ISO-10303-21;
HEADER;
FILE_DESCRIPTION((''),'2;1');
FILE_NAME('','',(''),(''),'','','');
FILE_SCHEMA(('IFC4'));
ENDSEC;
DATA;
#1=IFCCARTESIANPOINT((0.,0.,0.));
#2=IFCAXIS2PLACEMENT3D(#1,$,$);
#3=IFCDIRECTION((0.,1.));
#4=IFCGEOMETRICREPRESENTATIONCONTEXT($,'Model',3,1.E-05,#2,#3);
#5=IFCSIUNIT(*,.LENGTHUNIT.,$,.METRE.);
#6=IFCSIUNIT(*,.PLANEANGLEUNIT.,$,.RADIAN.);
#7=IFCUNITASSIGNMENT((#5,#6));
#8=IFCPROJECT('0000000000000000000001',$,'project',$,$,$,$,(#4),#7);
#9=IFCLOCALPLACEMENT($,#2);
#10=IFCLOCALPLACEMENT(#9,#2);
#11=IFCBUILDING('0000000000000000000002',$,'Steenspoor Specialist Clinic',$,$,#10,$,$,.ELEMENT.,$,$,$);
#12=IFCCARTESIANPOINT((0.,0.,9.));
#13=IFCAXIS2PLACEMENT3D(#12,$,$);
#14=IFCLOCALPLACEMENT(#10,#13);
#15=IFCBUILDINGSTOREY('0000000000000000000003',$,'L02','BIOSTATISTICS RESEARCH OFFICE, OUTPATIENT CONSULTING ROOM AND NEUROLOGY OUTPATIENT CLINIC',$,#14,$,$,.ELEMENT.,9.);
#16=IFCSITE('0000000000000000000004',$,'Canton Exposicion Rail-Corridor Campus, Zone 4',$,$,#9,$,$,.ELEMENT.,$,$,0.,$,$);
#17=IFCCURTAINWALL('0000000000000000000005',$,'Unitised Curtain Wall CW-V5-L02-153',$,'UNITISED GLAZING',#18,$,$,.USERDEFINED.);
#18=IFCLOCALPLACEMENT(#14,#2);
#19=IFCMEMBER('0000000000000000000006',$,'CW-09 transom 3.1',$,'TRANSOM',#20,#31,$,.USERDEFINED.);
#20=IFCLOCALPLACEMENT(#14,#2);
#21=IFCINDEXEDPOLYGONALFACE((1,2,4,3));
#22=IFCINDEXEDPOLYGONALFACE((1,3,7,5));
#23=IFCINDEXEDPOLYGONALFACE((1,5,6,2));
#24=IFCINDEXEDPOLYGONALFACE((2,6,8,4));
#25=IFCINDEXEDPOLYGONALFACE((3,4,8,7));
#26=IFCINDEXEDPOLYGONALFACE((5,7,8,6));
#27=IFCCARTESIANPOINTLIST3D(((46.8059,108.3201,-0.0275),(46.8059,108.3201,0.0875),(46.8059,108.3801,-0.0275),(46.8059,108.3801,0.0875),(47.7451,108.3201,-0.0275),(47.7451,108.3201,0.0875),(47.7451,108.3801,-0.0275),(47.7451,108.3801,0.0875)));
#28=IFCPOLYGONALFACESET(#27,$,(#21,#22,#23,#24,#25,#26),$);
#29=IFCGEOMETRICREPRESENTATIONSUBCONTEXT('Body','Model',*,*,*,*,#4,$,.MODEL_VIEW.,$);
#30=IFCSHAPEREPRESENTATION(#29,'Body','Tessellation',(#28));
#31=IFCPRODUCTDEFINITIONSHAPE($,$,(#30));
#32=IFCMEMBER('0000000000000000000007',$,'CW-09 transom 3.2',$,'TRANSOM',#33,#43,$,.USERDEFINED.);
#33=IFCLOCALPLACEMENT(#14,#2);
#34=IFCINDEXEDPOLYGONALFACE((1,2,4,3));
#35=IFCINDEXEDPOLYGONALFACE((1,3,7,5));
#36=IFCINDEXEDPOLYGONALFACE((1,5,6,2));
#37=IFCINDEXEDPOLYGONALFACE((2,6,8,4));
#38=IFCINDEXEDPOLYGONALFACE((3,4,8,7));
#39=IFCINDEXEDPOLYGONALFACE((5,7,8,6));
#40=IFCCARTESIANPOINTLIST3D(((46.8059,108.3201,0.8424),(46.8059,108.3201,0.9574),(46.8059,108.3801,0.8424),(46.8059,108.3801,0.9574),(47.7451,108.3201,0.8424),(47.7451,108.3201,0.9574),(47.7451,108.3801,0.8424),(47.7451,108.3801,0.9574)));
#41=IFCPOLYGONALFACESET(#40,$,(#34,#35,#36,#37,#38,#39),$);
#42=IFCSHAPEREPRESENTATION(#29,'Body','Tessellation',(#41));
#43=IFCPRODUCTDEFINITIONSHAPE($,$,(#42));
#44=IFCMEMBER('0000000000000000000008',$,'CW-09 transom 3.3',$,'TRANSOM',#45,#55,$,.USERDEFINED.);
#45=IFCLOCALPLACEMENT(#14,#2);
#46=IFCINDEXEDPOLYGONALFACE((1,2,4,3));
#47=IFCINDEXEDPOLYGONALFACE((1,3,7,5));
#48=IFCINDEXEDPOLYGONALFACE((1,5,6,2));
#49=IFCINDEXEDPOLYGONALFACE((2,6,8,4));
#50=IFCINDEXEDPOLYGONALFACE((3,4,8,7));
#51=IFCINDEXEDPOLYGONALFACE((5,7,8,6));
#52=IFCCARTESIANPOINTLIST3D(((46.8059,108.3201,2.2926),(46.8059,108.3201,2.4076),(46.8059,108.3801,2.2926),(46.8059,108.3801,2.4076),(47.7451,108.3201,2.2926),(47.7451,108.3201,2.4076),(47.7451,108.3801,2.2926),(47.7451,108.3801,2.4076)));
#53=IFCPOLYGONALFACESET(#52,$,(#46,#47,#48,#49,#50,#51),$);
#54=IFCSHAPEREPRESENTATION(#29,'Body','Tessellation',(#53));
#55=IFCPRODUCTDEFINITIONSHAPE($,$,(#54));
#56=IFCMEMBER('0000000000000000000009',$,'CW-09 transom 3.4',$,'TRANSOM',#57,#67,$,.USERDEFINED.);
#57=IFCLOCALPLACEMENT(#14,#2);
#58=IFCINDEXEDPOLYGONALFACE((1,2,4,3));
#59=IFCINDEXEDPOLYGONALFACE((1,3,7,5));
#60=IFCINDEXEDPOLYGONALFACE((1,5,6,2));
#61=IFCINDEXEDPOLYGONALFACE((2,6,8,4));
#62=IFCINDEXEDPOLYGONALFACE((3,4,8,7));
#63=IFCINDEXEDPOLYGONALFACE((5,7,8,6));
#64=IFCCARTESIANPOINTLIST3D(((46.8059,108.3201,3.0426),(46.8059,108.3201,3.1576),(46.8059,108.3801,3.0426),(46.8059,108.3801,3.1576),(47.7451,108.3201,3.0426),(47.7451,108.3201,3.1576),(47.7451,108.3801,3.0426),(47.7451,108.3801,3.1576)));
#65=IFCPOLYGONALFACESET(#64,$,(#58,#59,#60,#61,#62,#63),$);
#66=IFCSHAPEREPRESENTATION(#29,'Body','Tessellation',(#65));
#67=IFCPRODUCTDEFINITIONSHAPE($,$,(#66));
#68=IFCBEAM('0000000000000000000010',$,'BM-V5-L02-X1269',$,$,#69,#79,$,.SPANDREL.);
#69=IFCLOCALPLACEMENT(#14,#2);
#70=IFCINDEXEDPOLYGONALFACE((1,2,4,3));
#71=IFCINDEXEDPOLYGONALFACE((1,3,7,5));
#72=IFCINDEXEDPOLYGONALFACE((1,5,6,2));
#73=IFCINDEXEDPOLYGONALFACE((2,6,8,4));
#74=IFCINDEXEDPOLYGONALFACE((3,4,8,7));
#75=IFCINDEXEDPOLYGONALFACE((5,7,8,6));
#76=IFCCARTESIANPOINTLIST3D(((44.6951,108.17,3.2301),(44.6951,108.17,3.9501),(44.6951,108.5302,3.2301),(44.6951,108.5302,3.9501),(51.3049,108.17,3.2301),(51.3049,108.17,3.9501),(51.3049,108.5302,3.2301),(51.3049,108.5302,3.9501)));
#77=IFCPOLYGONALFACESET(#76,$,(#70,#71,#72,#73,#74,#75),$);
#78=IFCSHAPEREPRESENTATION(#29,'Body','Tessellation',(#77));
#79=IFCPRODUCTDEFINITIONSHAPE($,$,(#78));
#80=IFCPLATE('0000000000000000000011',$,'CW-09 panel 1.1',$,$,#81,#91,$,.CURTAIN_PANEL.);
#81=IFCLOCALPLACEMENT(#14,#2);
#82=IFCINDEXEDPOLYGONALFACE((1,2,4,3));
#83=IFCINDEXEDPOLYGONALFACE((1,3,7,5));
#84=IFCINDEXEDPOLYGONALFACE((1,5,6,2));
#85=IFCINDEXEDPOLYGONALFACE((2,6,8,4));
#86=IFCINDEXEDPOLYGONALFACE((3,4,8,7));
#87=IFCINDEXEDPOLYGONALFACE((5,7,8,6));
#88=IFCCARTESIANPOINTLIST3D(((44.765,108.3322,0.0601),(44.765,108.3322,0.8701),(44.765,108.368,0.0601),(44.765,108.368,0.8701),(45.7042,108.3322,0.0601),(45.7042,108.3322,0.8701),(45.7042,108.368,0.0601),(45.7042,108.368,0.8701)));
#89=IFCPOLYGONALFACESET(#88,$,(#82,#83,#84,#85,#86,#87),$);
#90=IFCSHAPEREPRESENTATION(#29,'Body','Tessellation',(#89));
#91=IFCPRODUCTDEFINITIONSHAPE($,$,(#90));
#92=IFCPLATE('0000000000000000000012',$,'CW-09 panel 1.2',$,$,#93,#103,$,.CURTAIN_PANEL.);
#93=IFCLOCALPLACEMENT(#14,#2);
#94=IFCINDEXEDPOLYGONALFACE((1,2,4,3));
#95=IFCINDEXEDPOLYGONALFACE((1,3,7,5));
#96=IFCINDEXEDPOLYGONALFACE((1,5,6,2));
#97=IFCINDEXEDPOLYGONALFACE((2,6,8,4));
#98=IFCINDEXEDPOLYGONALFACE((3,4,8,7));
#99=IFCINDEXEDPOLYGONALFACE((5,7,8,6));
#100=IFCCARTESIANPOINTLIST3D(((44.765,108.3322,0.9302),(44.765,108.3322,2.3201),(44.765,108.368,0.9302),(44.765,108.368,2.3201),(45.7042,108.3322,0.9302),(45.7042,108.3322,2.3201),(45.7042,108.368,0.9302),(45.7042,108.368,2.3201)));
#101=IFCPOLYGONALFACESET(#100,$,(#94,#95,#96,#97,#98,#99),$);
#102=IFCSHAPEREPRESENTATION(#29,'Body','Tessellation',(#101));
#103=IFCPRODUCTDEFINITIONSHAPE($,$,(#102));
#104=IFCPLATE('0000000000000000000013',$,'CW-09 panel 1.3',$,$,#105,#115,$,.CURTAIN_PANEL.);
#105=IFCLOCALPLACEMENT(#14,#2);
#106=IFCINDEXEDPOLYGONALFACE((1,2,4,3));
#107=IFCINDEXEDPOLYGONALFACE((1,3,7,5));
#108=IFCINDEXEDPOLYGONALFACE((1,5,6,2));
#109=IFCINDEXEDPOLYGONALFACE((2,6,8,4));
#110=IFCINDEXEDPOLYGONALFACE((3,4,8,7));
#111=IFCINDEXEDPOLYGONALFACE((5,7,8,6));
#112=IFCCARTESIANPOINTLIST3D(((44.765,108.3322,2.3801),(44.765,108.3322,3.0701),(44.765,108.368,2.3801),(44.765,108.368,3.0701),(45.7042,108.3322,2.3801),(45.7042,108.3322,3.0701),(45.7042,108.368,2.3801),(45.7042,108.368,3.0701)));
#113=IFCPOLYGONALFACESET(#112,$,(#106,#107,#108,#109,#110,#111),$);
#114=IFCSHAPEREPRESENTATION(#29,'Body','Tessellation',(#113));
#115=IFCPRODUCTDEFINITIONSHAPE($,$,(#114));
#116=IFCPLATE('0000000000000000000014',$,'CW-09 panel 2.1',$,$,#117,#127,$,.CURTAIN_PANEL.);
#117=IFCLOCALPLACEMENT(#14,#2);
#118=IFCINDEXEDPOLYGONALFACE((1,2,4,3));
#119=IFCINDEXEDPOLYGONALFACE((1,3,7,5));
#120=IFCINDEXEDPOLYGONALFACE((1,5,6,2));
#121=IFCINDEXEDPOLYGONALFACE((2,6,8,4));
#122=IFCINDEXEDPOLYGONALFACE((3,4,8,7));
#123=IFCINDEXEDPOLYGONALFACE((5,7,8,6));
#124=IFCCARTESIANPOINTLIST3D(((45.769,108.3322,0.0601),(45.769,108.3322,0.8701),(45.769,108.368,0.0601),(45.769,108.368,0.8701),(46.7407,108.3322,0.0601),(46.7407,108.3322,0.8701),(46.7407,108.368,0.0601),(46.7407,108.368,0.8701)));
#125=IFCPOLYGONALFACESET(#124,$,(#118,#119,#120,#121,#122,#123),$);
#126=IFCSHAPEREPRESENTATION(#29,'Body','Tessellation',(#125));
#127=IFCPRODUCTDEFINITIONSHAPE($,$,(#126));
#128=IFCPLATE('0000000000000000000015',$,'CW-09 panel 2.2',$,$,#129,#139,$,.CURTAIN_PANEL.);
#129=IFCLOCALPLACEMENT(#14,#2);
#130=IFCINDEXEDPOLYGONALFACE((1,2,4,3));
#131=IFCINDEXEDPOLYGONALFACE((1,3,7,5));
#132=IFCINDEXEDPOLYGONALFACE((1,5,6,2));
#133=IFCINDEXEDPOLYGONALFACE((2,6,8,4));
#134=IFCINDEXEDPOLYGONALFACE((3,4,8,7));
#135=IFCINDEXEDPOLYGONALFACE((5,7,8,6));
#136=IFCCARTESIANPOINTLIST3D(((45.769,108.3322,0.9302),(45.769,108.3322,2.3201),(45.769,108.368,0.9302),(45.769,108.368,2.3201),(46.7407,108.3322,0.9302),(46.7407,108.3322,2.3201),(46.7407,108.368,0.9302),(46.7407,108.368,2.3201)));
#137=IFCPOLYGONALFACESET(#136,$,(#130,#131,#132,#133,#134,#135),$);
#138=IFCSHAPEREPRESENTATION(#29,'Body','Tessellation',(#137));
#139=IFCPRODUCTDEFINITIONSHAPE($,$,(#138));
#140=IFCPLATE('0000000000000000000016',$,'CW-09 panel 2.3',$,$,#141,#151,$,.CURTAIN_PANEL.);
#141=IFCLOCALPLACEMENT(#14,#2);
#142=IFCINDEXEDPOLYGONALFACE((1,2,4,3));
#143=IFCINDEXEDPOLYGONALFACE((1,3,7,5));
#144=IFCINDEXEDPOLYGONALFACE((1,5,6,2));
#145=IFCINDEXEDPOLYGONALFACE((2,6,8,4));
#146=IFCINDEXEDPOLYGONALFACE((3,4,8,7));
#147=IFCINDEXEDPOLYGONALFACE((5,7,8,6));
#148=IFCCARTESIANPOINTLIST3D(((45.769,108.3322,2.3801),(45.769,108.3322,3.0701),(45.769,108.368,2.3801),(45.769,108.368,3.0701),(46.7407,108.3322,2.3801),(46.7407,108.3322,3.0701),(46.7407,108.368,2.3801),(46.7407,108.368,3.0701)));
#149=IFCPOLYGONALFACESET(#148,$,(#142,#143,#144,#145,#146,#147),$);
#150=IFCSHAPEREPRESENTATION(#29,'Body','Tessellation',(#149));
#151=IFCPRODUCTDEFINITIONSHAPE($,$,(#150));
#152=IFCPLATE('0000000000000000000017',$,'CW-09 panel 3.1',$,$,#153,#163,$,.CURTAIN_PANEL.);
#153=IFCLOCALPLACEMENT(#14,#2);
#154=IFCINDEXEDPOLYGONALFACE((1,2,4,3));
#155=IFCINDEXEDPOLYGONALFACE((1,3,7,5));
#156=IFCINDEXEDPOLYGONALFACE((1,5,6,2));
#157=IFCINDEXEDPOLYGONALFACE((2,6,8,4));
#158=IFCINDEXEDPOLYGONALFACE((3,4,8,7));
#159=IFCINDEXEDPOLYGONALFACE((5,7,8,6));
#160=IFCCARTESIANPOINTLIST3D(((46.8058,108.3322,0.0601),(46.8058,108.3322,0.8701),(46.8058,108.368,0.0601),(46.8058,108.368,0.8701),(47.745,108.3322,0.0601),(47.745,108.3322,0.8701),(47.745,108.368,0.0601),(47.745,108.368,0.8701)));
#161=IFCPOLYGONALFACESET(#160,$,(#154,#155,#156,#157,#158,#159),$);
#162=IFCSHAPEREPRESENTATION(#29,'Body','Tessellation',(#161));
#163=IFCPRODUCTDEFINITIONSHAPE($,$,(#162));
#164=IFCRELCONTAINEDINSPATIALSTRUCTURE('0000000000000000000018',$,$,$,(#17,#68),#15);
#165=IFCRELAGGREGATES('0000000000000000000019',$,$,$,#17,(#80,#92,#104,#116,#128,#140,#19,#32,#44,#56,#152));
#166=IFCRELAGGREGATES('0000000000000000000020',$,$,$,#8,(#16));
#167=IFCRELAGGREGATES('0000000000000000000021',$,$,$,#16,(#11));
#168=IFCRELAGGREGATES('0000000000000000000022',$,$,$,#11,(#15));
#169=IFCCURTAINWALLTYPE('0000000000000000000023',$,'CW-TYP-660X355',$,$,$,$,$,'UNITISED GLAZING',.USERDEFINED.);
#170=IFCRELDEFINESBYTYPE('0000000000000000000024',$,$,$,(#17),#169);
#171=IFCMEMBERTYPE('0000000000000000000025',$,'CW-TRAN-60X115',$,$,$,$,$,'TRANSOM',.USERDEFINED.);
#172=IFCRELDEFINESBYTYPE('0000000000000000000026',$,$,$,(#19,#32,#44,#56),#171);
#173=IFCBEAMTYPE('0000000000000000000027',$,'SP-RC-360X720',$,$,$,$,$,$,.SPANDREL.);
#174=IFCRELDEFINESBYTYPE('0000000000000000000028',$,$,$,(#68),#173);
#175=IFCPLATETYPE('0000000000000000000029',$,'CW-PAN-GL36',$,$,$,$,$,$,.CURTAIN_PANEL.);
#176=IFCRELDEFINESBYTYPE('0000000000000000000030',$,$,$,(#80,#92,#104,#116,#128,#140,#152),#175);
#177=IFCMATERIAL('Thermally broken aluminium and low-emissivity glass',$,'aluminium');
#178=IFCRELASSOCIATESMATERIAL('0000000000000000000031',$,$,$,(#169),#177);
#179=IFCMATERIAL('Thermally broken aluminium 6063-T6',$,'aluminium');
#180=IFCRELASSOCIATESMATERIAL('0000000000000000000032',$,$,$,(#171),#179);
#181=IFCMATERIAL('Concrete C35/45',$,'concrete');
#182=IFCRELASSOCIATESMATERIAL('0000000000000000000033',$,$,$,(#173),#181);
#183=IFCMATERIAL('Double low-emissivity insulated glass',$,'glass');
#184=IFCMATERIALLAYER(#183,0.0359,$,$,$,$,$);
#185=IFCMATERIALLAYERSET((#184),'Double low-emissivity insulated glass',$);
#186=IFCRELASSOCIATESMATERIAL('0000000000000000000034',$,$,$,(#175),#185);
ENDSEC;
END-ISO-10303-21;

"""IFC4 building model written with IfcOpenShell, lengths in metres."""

from ifc_helpers import new_model, si_unit, direction, frame, origin, origin_2d, place, context, subcontext, project, spatial, rectangle, extrude, material, layer, layer_set, material_profile, profile_set, type_object, element, aggregate, save


model = new_model("IFC4")

# Units and contexts
model_context = context("Model", 3, precision=1e-05, world=origin(), true_north=direction((0.0, 1.0)))
body_context = subcontext(model_context, "Body", "Model", "MODEL_VIEW")
ifc_project = project(units=[si_unit("LENGTHUNIT", "METRE"), si_unit("PLANEANGLEUNIT", "RADIAN")], contexts=[model_context])

# Site, building, storey
site_placement = place(None, origin())
site = spatial("IfcSite", under=ifc_project, at=site_placement, Name="Canton Exposicion Rail-Corridor Campus, Zone 4", CompositionType="ELEMENT", RefElevation=0.0)
building_placement = place(site_placement, origin())
building = spatial("IfcBuilding", under=site, at=building_placement, Name="Steenspoor Specialist Clinic", CompositionType="ELEMENT")
storey_placement = place(building_placement, frame((0.0, 0.0, 9.0)))
storey = spatial("IfcBuildingStorey", under=building, at=storey_placement, Name="L02", Description="BIOSTATISTICS RESEARCH OFFICE, OUTPATIENT CONSULTING ROOM AND NEUROLOGY OUTPATIENT CLINIC", CompositionType="ELEMENT", Elevation=9.0)

# Curtain wall, members
ifc_material_1 = material(Name="Thermally broken aluminium and low-emissivity glass", Category="aluminium")
curtain_wall_type = type_object("IfcCurtainWallType", Name="CW-TYP-660X355", ElementType="UNITISED GLAZING", PredefinedType="USERDEFINED", material=ifc_material_1)
curtain_wall_placement = place(storey_placement, origin())
curtain_wall = element("IfcCurtainWall", 1, at=curtain_wall_placement, inside=storey, type_object=curtain_wall_type, Name="Unitised Curtain Wall CW-V5-L02-153", ObjectType="UNITISED GLAZING", PredefinedType="USERDEFINED")
ifc_material_2 = material(Name="Thermally broken aluminium 6063-T6", Category="aluminium")
ifc_material_profile_1 = material_profile(ifc_material_2, rectangle(XDim=0.0601, YDim=0.115, at=origin_2d()), Name="CWT-60X115")
ifc_profile_set_1 = profile_set([ifc_material_profile_1], Name="Thermally broken aluminium 6063-T6")
member_type_1 = type_object("IfcMemberType", Name="CW-TRAN-60X115", ElementType="TRANSOM", PredefinedType="USERDEFINED", material=ifc_profile_set_1)
member_1_placement = place(storey_placement, frame((46.8059, 108.3501, 0.03), z_axis=(1.0, 0.0, 0.0), x_axis=(0.0, 1.0, 0.0)))
member_1 = element("IfcMember", 2, at=member_1_placement, type_object=member_type_1, Name="CW-09 transom 3.1", ObjectType="TRANSOM", PredefinedType="USERDEFINED", context=body_context, shape_type="SweptSolid", body=[
    extrude(rectangle(XDim=0.0601, YDim=0.115, at=origin_2d()), origin(), (0.0, 0.0, 1.0), 0.9392),
])
member_2_placement = place(storey_placement, frame((46.8059, 108.3501, 0.8999), z_axis=(1.0, 0.0, 0.0), x_axis=(0.0, 1.0, 0.0)))
member_2 = element("IfcMember", 3, at=member_2_placement, type_object=member_type_1, Name="CW-09 transom 3.2", ObjectType="TRANSOM", PredefinedType="USERDEFINED", context=body_context, shape_type="SweptSolid", body=[
    extrude(rectangle(XDim=0.0601, YDim=0.115, at=origin_2d()), origin(), (0.0, 0.0, 1.0), 0.9392),
])
member_3_placement = place(storey_placement, frame((46.8059, 108.3501, 2.3501), z_axis=(1.0, 0.0, 0.0), x_axis=(0.0, 1.0, 0.0)))
member_3 = element("IfcMember", 4, at=member_3_placement, type_object=member_type_1, Name="CW-09 transom 3.3", ObjectType="TRANSOM", PredefinedType="USERDEFINED", context=body_context, shape_type="SweptSolid", body=[
    extrude(rectangle(XDim=0.0601, YDim=0.115, at=origin_2d()), origin(), (0.0, 0.0, 1.0), 0.9392),
])
member_4_placement = place(storey_placement, frame((46.8059, 108.3501, 3.1001), z_axis=(1.0, 0.0, 0.0), x_axis=(0.0, 1.0, 0.0)))
member_4 = element("IfcMember", 5, at=member_4_placement, type_object=member_type_1, Name="CW-09 transom 3.4", ObjectType="TRANSOM", PredefinedType="USERDEFINED", context=body_context, shape_type="SweptSolid", body=[
    extrude(rectangle(XDim=0.0601, YDim=0.115, at=origin_2d()), origin(), (0.0, 0.0, 1.0), 0.9392),
])

# Beam
ifc_material_3 = material(Name="Concrete C35/45", Category="concrete")
ifc_material_profile_2 = material_profile(ifc_material_3, rectangle(XDim=0.3601, YDim=0.72, at=origin_2d()), Name="RC-SP-360X720")
ifc_profile_set_2 = profile_set([ifc_material_profile_2], Name="Concrete C35/45")
beam_type = type_object("IfcBeamType", Name="SP-RC-360X720", PredefinedType="SPANDREL", material=ifc_profile_set_2)
beam_placement = place(storey_placement, frame((44.6951, 108.3501, 3.5901), z_axis=(1.0, 0.0, 0.0), x_axis=(0.0, 1.0, 0.0)))
element("IfcBeam", 6, at=beam_placement, inside=storey, type_object=beam_type, Name="BM-V5-L02-X1269", PredefinedType="SPANDREL", context=body_context, shape_type="SweptSolid", body=[
    extrude(rectangle(XDim=0.3601, YDim=0.72, at=origin_2d()), origin(), (0.0, 0.0, 1.0), 6.6099),
])

# Plates
ifc_material_4 = material(Name="Double low-emissivity insulated glass", Category="glass")
ifc_layer_1 = layer(ifc_material_4, 0.0359)
ifc_layer_set_1 = layer_set([ifc_layer_1], Name="Double low-emissivity insulated glass")
plate_type = type_object("IfcPlateType", Name="CW-PAN-GL36", PredefinedType="CURTAIN_PANEL", material=ifc_layer_set_1)
plate_1_placement = place(storey_placement, frame((45.2346, 108.3501, 0.0601), z_axis=(0.0, 0.0, 1.0), x_axis=(1.0, 0.0, 0.0)))
plate_1 = element("IfcPlate", 7, at=plate_1_placement, type_object=plate_type, Name="CW-09 panel 1.1", PredefinedType="CURTAIN_PANEL", context=body_context, shape_type="SweptSolid", body=[
    extrude(rectangle(XDim=0.9392, YDim=0.0359, at=origin_2d()), origin(), (0.0, 0.0, 1.0), 0.8101),
])
plate_2_placement = place(storey_placement, frame((45.2346, 108.3501, 0.9302), z_axis=(0.0, 0.0, 1.0), x_axis=(1.0, 0.0, 0.0)))
plate_2 = element("IfcPlate", 8, at=plate_2_placement, type_object=plate_type, Name="CW-09 panel 1.2", PredefinedType="CURTAIN_PANEL", context=body_context, shape_type="SweptSolid", body=[
    extrude(rectangle(XDim=0.9392, YDim=0.0359, at=origin_2d()), origin(), (0.0, 0.0, 1.0), 1.3899),
])
plate_3_placement = place(storey_placement, frame((45.2346, 108.3501, 2.3801), z_axis=(0.0, 0.0, 1.0), x_axis=(1.0, 0.0, 0.0)))
plate_3 = element("IfcPlate", 9, at=plate_3_placement, type_object=plate_type, Name="CW-09 panel 1.3", PredefinedType="CURTAIN_PANEL", context=body_context, shape_type="SweptSolid", body=[
    extrude(rectangle(XDim=0.9392, YDim=0.0359, at=origin_2d()), origin(), (0.0, 0.0, 1.0), 0.6899),
])
plate_4_placement = place(storey_placement, frame((46.2549, 108.3501, 0.0601), z_axis=(0.0, 0.0, 1.0), x_axis=(1.0, 0.0, 0.0)))
plate_4 = element("IfcPlate", 10, at=plate_4_placement, type_object=plate_type, Name="CW-09 panel 2.1", PredefinedType="CURTAIN_PANEL", context=body_context, shape_type="SweptSolid", body=[
    extrude(rectangle(XDim=0.9717, YDim=0.0359, at=origin_2d()), origin(), (0.0, 0.0, 1.0), 0.8101),
])
plate_5_placement = place(storey_placement, frame((46.2549, 108.3501, 0.9302), z_axis=(0.0, 0.0, 1.0), x_axis=(1.0, 0.0, 0.0)))
plate_5 = element("IfcPlate", 11, at=plate_5_placement, type_object=plate_type, Name="CW-09 panel 2.2", PredefinedType="CURTAIN_PANEL", context=body_context, shape_type="SweptSolid", body=[
    extrude(rectangle(XDim=0.9717, YDim=0.0359, at=origin_2d()), origin(), (0.0, 0.0, 1.0), 1.3899),
])
plate_6_placement = place(storey_placement, frame((46.2549, 108.3501, 2.3801), z_axis=(0.0, 0.0, 1.0), x_axis=(1.0, 0.0, 0.0)))
plate_6 = element("IfcPlate", 12, at=plate_6_placement, type_object=plate_type, Name="CW-09 panel 2.3", PredefinedType="CURTAIN_PANEL", context=body_context, shape_type="SweptSolid", body=[
    extrude(rectangle(XDim=0.9717, YDim=0.0359, at=origin_2d()), origin(), (0.0, 0.0, 1.0), 0.6899),
])
plate_7_placement = place(storey_placement, frame((47.2754, 108.3501, 0.0601), z_axis=(0.0, 0.0, 1.0), x_axis=(1.0, 0.0, 0.0)))
plate_7 = element("IfcPlate", 13, at=plate_7_placement, type_object=plate_type, Name="CW-09 panel 3.1", PredefinedType="CURTAIN_PANEL", context=body_context, shape_type="SweptSolid", body=[
    extrude(rectangle(XDim=0.9392, YDim=0.0359, at=origin_2d()), origin(), (0.0, 0.0, 1.0), 0.8101),
])
aggregate(curtain_wall, [plate_1, plate_2, plate_3, plate_4, plate_5, plate_6, member_1, member_2, member_3, member_4, plate_7])

save(model, "model.ifc")
